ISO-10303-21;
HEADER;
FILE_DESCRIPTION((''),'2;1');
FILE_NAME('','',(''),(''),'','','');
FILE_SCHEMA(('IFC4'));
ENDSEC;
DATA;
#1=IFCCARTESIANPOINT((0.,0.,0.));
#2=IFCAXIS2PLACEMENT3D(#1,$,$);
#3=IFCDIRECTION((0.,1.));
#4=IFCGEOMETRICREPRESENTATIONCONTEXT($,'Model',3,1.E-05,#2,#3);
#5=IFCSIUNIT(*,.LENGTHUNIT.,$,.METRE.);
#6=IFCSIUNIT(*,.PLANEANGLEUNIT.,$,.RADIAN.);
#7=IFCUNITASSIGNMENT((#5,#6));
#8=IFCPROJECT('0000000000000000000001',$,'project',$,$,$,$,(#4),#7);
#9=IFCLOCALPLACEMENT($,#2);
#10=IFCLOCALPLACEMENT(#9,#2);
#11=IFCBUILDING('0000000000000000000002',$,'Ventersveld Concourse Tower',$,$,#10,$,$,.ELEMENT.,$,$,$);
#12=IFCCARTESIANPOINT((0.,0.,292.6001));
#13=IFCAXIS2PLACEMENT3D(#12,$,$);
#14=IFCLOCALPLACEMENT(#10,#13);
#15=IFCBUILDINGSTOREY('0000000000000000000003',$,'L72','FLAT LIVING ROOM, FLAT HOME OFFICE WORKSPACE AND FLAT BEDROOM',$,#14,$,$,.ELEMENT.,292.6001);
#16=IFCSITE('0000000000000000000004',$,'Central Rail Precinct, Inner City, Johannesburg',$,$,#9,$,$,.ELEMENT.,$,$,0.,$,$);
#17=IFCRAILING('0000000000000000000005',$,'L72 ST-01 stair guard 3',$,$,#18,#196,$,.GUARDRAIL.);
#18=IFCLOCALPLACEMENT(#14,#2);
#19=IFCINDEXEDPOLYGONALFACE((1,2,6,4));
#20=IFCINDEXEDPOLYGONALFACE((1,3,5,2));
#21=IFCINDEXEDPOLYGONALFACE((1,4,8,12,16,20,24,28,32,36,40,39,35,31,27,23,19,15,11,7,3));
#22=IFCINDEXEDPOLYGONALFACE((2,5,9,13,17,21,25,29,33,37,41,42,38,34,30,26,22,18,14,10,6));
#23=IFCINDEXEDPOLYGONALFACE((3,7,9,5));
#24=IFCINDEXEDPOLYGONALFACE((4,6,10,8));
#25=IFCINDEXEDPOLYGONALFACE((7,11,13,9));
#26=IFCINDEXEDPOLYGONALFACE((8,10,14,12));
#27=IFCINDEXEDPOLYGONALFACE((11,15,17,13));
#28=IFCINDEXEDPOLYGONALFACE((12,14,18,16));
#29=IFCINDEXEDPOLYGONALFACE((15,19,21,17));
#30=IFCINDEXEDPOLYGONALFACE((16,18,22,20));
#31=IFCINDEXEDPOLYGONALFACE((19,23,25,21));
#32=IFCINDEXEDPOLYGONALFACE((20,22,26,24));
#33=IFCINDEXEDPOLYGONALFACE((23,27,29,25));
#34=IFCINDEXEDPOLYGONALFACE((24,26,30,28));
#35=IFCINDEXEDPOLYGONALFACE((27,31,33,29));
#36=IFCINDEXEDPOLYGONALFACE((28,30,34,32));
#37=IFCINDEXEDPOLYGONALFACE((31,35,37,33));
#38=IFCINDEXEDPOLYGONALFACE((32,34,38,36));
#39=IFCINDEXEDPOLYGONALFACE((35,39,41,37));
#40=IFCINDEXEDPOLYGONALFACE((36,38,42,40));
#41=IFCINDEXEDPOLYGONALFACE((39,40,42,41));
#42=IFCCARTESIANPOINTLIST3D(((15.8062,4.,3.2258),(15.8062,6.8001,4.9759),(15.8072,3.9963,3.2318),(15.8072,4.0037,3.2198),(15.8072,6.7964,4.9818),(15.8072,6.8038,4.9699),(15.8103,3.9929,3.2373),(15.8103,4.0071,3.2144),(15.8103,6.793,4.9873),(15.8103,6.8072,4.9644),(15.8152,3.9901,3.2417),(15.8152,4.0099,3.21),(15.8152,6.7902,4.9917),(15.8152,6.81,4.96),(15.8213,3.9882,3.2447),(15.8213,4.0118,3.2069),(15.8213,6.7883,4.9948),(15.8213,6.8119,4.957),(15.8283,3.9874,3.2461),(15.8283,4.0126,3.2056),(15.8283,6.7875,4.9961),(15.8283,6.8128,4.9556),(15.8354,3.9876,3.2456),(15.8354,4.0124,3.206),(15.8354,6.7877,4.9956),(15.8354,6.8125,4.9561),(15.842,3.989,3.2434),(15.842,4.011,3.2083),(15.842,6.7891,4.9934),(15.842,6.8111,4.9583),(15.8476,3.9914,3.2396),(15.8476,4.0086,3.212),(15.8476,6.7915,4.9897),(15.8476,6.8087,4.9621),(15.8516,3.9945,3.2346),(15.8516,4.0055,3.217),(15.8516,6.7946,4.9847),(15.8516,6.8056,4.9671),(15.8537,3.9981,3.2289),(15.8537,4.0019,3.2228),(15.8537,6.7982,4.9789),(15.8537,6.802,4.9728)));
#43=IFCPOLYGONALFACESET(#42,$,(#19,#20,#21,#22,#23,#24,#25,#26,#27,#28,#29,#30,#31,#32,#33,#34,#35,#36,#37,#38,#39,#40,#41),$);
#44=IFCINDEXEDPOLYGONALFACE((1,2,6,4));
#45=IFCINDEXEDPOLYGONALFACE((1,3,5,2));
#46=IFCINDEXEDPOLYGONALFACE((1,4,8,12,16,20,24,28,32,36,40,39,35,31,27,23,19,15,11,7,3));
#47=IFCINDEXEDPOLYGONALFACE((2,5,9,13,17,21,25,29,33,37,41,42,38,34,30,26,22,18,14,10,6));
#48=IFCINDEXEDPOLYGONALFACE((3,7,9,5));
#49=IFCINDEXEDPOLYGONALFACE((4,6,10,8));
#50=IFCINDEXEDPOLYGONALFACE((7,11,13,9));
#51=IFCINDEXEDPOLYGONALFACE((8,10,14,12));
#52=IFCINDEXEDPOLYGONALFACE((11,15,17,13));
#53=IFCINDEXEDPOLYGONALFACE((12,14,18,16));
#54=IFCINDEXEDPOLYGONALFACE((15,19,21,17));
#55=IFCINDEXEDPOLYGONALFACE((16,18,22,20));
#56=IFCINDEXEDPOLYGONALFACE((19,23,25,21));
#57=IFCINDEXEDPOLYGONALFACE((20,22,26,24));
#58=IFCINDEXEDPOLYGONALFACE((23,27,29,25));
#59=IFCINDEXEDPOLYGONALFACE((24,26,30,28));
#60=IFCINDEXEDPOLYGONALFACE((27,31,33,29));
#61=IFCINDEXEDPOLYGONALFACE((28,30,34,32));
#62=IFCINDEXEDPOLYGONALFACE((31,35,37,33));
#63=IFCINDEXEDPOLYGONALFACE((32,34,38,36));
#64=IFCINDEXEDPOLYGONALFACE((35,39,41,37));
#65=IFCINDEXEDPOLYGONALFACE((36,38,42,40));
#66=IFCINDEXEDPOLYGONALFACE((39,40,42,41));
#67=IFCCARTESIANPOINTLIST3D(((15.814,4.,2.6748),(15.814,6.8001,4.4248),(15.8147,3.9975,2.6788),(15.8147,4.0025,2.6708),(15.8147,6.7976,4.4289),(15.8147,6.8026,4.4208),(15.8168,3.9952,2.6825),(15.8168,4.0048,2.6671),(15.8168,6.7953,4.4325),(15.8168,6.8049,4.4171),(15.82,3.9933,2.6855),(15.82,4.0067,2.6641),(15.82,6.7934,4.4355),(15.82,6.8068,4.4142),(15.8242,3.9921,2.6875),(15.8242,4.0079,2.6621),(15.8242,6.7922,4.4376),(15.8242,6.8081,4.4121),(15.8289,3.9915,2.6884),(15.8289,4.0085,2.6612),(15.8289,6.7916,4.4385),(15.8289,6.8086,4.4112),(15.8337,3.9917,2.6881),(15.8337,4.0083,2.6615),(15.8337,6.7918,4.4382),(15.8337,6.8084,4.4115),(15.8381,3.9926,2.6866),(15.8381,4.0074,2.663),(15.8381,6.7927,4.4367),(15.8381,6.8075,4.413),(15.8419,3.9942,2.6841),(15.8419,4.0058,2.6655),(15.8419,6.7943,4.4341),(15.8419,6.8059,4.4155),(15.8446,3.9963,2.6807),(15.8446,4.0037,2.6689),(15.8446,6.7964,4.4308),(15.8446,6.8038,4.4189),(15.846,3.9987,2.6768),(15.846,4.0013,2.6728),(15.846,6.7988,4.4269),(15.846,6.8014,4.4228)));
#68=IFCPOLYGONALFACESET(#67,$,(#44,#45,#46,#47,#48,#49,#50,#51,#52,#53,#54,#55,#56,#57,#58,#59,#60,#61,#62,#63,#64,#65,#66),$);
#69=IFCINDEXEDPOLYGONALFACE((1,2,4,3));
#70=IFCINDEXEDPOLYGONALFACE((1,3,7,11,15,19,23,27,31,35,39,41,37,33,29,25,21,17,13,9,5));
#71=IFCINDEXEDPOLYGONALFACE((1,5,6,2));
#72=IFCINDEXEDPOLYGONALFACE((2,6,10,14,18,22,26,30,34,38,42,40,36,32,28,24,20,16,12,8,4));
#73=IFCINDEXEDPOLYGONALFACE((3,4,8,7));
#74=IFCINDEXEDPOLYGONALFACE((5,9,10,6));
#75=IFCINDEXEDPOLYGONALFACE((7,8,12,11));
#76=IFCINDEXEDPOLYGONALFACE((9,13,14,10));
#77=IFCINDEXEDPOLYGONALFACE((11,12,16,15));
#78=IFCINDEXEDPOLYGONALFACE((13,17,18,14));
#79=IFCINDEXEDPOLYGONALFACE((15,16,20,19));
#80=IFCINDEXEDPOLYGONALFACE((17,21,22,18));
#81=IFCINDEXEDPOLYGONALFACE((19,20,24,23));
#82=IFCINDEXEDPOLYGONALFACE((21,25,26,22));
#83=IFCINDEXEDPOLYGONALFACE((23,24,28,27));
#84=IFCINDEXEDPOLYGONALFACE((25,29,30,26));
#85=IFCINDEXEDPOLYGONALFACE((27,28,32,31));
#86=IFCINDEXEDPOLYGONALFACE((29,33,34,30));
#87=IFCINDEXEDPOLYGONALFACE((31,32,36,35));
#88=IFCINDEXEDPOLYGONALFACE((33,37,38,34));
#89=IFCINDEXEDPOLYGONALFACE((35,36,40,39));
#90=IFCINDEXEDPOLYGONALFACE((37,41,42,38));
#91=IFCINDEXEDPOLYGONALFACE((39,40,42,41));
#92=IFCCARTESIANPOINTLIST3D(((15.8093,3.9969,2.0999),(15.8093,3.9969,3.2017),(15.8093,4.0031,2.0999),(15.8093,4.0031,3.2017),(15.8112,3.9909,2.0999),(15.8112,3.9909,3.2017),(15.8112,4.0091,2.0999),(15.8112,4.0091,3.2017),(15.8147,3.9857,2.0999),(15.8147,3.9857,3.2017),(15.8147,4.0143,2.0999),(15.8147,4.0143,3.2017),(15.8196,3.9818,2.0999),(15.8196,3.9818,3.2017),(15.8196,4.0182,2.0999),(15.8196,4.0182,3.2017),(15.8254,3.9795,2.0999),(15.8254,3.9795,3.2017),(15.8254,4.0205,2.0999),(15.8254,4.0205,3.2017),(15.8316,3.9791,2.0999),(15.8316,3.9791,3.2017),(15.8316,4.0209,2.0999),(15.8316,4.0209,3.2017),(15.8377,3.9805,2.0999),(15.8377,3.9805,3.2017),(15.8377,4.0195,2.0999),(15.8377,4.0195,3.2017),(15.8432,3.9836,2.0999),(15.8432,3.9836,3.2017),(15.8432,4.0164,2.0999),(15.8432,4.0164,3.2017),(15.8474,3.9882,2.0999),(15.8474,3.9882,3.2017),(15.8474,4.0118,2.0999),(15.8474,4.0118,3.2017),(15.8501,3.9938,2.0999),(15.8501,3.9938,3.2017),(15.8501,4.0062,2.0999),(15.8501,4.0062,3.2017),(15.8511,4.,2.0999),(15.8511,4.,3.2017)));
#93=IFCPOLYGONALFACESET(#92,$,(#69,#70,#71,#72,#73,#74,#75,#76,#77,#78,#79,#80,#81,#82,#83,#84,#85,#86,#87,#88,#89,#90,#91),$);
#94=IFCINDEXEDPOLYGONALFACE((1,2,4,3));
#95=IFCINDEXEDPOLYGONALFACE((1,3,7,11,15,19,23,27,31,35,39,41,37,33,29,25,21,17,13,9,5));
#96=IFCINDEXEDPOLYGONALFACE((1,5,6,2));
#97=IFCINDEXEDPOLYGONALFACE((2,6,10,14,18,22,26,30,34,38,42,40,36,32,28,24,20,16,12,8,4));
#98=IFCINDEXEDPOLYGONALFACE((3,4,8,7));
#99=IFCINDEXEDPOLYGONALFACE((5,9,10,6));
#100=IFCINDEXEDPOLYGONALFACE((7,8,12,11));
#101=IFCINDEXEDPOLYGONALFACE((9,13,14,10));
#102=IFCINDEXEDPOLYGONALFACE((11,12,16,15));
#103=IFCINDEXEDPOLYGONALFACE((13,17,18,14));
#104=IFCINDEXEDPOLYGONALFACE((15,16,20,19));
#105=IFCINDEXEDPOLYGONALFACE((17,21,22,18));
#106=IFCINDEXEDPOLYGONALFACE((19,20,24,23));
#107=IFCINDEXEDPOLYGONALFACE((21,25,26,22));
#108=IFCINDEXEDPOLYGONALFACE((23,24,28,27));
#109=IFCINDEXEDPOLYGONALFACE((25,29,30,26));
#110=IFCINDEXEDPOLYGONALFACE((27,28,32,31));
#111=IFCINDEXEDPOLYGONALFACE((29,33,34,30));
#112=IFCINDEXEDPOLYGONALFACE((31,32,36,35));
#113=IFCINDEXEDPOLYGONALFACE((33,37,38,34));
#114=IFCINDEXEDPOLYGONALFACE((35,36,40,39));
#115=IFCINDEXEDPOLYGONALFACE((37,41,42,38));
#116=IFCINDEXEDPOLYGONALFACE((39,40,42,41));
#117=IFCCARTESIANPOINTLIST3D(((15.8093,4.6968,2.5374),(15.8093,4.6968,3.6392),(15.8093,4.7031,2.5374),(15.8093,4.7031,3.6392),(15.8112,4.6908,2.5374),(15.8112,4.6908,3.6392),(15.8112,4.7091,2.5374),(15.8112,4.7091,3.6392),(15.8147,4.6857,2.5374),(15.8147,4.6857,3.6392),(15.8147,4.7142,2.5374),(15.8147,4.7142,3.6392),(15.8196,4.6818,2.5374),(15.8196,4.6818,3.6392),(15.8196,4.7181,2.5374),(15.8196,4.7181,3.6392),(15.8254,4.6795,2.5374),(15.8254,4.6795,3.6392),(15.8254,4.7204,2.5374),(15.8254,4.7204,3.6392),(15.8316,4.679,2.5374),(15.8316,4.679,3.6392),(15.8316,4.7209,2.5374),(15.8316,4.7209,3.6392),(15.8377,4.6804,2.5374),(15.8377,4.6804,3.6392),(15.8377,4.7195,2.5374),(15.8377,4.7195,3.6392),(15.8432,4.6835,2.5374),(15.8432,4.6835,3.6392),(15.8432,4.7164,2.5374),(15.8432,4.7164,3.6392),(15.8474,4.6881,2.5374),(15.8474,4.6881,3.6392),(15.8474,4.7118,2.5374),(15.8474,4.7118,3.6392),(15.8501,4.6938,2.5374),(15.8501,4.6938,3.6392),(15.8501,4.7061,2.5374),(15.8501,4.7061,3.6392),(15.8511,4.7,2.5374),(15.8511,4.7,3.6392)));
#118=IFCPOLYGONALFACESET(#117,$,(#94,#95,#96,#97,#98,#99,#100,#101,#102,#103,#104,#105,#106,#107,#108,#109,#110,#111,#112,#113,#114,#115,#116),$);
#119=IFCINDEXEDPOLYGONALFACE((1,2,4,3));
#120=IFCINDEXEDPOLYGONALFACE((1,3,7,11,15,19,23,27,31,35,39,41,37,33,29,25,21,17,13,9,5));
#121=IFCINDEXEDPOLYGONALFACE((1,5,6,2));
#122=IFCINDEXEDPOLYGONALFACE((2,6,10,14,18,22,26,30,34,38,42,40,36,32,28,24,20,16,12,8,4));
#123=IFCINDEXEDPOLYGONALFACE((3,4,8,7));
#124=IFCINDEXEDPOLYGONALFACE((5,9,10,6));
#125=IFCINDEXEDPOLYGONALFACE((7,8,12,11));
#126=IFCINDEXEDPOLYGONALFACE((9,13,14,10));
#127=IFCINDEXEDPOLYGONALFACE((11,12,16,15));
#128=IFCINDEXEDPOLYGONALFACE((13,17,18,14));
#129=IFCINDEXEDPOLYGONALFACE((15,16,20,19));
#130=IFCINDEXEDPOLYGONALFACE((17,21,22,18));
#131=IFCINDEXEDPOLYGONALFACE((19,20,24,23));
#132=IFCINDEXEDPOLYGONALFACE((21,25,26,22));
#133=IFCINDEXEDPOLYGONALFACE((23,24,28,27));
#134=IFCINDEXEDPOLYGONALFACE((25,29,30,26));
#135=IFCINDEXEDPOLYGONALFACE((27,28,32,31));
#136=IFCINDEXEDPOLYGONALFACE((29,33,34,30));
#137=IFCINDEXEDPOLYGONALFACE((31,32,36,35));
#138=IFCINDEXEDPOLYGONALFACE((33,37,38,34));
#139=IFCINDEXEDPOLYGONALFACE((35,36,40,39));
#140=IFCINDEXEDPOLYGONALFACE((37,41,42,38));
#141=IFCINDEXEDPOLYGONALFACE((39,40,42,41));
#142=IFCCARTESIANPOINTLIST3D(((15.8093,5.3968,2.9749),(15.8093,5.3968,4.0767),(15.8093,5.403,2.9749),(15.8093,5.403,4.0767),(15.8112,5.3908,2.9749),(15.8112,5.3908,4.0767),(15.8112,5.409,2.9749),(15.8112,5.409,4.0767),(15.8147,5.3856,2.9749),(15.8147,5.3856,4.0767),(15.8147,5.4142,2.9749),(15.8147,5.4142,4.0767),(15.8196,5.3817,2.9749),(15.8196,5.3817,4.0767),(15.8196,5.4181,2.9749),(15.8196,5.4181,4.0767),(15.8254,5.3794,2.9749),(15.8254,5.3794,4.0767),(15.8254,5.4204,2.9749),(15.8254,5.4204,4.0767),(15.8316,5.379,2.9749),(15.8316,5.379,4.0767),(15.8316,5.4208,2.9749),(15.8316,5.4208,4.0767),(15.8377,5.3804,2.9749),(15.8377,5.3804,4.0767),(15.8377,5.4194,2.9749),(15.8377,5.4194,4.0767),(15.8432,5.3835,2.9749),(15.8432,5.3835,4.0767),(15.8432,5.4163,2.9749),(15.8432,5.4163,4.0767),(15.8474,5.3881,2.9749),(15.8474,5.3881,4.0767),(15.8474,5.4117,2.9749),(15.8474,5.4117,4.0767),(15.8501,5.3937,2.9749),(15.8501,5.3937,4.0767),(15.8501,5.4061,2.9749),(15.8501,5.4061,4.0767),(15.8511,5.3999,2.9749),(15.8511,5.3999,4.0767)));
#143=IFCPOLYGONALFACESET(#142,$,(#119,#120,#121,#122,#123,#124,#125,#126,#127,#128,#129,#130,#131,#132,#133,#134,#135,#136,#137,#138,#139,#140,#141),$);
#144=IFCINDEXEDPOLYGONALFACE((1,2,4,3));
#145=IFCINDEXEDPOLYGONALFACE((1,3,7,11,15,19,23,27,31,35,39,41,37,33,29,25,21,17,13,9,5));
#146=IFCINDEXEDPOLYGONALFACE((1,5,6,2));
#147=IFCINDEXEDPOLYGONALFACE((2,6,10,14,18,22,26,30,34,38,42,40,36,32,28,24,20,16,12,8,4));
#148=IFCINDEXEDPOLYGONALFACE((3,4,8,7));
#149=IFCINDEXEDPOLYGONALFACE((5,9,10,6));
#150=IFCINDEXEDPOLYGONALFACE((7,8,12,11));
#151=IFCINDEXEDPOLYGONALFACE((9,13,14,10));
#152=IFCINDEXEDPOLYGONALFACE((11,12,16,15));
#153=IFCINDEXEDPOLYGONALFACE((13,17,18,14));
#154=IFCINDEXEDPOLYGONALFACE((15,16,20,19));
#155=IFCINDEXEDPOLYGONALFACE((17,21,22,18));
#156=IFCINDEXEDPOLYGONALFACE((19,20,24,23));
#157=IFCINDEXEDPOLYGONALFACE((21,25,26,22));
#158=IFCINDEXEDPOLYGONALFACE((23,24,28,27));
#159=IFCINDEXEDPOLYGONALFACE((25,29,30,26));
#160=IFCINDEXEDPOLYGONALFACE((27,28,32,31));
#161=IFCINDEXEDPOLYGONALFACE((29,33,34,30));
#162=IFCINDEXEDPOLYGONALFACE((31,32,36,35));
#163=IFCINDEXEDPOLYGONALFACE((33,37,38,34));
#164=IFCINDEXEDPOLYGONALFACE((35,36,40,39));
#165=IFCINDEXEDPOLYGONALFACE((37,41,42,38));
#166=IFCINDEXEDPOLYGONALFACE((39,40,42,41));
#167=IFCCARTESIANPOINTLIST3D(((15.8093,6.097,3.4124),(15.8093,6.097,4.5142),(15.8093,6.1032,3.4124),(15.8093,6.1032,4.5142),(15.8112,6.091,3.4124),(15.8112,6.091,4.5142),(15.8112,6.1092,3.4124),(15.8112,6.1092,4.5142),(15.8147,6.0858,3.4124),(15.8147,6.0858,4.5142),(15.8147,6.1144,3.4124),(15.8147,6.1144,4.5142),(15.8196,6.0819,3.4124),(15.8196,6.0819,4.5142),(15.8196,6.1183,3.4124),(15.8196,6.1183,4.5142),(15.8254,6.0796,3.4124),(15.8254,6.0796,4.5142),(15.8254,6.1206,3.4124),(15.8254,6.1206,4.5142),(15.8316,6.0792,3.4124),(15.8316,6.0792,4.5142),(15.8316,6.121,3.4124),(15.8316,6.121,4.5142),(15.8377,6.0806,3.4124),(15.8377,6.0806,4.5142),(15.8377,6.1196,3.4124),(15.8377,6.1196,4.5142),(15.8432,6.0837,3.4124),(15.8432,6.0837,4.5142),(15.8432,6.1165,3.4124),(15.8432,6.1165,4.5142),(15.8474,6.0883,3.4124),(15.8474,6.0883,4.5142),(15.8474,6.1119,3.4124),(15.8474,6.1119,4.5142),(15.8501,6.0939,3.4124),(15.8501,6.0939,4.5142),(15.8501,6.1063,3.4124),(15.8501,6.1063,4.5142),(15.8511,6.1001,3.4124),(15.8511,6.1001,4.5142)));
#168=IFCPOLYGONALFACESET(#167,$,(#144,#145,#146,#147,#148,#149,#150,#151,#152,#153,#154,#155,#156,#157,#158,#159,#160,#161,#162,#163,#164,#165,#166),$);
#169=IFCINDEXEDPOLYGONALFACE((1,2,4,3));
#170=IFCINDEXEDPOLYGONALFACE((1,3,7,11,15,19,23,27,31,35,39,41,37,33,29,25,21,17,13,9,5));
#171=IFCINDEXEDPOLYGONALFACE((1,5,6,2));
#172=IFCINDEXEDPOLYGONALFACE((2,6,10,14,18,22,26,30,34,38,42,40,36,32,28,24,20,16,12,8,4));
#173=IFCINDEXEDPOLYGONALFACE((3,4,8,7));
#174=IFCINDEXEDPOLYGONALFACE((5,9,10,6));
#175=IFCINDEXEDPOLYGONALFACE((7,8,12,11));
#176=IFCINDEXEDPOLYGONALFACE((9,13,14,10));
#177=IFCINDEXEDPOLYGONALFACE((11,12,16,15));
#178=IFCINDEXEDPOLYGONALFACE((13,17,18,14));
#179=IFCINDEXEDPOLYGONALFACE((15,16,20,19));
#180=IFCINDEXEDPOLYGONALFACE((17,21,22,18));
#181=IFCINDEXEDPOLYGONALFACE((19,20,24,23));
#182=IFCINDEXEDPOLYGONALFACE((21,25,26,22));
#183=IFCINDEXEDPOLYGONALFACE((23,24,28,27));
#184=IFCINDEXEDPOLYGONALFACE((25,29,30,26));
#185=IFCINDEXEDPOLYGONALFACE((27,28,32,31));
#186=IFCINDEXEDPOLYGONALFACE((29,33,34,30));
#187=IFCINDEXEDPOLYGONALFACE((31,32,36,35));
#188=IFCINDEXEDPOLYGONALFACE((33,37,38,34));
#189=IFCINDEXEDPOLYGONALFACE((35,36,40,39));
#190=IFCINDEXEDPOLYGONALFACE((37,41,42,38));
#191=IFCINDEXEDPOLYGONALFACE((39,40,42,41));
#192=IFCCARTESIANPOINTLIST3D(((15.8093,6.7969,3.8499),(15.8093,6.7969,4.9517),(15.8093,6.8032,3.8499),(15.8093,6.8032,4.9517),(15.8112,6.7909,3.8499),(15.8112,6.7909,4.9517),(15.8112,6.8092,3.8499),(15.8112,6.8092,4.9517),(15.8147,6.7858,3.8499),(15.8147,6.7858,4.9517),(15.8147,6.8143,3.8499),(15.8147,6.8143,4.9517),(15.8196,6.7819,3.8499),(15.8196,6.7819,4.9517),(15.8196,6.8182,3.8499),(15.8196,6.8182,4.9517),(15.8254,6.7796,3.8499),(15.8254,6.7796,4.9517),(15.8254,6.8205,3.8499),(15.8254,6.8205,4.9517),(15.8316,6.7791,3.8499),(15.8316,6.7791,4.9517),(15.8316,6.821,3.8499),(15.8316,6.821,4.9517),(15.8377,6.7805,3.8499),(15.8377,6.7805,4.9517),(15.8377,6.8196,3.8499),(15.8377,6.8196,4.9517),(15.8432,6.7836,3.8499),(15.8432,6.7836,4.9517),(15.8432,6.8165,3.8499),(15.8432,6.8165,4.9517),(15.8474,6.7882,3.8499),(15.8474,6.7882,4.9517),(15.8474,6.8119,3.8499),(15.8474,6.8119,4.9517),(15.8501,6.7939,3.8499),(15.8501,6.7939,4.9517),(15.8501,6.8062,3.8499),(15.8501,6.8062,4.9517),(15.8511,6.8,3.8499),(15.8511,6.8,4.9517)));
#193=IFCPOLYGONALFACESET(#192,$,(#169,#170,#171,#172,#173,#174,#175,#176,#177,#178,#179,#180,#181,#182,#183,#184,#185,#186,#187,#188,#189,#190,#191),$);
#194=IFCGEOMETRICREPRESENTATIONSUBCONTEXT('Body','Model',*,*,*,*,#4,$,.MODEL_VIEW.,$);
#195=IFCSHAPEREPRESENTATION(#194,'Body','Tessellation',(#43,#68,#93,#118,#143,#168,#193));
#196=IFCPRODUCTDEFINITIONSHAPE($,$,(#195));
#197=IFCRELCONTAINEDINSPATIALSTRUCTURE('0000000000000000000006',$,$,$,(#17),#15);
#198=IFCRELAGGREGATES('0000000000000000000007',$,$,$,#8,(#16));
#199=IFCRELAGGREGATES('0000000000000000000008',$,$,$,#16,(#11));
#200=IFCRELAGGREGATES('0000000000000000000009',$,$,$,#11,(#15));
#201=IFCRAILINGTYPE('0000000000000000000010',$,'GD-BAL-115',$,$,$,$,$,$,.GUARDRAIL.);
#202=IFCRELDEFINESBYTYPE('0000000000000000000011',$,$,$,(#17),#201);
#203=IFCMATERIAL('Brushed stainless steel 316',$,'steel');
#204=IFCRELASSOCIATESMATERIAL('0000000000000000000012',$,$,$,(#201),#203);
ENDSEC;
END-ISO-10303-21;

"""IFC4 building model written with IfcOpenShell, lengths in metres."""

from ifc_helpers import new_model, si_unit, direction, frame, origin, origin_2d, place, context, subcontext, project, spatial, circle, extrude, material, type_object, element, save


model = new_model("IFC4")

# Units and contexts
model_context = context("Model", 3, precision=1e-05, world=origin(), true_north=direction((0.0, 1.0)))
body_context = subcontext(model_context, "Body", "Model", "MODEL_VIEW")
ifc_project = project(units=[si_unit("LENGTHUNIT", "METRE"), si_unit("PLANEANGLEUNIT", "RADIAN")], contexts=[model_context])

# Site, building, storey
site_placement = place(None, origin())
site = spatial("IfcSite", under=ifc_project, at=site_placement, Name="Central Rail Precinct, Inner City, Johannesburg", CompositionType="ELEMENT", RefElevation=0.0)
building_placement = place(site_placement, origin())
building = spatial("IfcBuilding", under=site, at=building_placement, Name="Ventersveld Concourse Tower", CompositionType="ELEMENT")
storey_placement = place(building_placement, frame((0.0, 0.0, 292.6001)))
storey = spatial("IfcBuildingStorey", under=building, at=storey_placement, Name="L72", Description="FLAT LIVING ROOM, FLAT HOME OFFICE WORKSPACE AND FLAT BEDROOM", CompositionType="ELEMENT", Elevation=292.6001)

# Shared definitions
ifc_material_1 = material(Name="Brushed stainless steel 316", Category="steel")

# Railing
railing_type_1 = type_object("IfcRailingType", Name="GD-BAL-115", PredefinedType="GUARDRAIL", material=ifc_material_1)
railing_1_placement = place(storey_placement, frame((15.8301, 4.0, 2.0999)))
element("IfcRailing", 1, at=railing_1_placement, inside=storey, type_object=railing_type_1, Name="L72 ST-01 stair guard 3", PredefinedType="GUARDRAIL", context=body_context, shape_type="SweptSolid", body=[
    extrude(circle(Radius=0.0239, at=origin_2d()), frame((0.0, 0.0, 1.126), z_axis=(0.0, 0.848002, 0.529992), x_axis=(-1.0, 0.0, 0.0)), (0.0, 0.0, 1.0), 3.302),
    extrude(circle(Radius=0.0161, at=origin_2d()), frame((0.0, 0.0, 0.575), z_axis=(0.0, 0.848002, 0.529992), x_axis=(-1.0, 0.0, 0.0)), (0.0, 0.0, 1.0), 3.302),
    extrude(circle(Radius=0.021, at=origin_2d()), origin(), (0.0, 0.0, 1.0), 1.1018),
    extrude(circle(Radius=0.021, at=origin_2d()), frame((0.0, 0.7, 0.4375)), (0.0, 0.0, 1.0), 1.1018),
    extrude(circle(Radius=0.021, at=origin_2d()), frame((0.0, 1.3999, 0.875)), (0.0, 0.0, 1.0), 1.1018),
    extrude(circle(Radius=0.021, at=origin_2d()), frame((0.0, 2.1001, 1.3125)), (0.0, 0.0, 1.0), 1.1018),
    extrude(circle(Radius=0.021, at=origin_2d()), frame((0.0, 2.8, 1.75)), (0.0, 0.0, 1.0), 1.1018),
])

save(model, "model.ifc")
